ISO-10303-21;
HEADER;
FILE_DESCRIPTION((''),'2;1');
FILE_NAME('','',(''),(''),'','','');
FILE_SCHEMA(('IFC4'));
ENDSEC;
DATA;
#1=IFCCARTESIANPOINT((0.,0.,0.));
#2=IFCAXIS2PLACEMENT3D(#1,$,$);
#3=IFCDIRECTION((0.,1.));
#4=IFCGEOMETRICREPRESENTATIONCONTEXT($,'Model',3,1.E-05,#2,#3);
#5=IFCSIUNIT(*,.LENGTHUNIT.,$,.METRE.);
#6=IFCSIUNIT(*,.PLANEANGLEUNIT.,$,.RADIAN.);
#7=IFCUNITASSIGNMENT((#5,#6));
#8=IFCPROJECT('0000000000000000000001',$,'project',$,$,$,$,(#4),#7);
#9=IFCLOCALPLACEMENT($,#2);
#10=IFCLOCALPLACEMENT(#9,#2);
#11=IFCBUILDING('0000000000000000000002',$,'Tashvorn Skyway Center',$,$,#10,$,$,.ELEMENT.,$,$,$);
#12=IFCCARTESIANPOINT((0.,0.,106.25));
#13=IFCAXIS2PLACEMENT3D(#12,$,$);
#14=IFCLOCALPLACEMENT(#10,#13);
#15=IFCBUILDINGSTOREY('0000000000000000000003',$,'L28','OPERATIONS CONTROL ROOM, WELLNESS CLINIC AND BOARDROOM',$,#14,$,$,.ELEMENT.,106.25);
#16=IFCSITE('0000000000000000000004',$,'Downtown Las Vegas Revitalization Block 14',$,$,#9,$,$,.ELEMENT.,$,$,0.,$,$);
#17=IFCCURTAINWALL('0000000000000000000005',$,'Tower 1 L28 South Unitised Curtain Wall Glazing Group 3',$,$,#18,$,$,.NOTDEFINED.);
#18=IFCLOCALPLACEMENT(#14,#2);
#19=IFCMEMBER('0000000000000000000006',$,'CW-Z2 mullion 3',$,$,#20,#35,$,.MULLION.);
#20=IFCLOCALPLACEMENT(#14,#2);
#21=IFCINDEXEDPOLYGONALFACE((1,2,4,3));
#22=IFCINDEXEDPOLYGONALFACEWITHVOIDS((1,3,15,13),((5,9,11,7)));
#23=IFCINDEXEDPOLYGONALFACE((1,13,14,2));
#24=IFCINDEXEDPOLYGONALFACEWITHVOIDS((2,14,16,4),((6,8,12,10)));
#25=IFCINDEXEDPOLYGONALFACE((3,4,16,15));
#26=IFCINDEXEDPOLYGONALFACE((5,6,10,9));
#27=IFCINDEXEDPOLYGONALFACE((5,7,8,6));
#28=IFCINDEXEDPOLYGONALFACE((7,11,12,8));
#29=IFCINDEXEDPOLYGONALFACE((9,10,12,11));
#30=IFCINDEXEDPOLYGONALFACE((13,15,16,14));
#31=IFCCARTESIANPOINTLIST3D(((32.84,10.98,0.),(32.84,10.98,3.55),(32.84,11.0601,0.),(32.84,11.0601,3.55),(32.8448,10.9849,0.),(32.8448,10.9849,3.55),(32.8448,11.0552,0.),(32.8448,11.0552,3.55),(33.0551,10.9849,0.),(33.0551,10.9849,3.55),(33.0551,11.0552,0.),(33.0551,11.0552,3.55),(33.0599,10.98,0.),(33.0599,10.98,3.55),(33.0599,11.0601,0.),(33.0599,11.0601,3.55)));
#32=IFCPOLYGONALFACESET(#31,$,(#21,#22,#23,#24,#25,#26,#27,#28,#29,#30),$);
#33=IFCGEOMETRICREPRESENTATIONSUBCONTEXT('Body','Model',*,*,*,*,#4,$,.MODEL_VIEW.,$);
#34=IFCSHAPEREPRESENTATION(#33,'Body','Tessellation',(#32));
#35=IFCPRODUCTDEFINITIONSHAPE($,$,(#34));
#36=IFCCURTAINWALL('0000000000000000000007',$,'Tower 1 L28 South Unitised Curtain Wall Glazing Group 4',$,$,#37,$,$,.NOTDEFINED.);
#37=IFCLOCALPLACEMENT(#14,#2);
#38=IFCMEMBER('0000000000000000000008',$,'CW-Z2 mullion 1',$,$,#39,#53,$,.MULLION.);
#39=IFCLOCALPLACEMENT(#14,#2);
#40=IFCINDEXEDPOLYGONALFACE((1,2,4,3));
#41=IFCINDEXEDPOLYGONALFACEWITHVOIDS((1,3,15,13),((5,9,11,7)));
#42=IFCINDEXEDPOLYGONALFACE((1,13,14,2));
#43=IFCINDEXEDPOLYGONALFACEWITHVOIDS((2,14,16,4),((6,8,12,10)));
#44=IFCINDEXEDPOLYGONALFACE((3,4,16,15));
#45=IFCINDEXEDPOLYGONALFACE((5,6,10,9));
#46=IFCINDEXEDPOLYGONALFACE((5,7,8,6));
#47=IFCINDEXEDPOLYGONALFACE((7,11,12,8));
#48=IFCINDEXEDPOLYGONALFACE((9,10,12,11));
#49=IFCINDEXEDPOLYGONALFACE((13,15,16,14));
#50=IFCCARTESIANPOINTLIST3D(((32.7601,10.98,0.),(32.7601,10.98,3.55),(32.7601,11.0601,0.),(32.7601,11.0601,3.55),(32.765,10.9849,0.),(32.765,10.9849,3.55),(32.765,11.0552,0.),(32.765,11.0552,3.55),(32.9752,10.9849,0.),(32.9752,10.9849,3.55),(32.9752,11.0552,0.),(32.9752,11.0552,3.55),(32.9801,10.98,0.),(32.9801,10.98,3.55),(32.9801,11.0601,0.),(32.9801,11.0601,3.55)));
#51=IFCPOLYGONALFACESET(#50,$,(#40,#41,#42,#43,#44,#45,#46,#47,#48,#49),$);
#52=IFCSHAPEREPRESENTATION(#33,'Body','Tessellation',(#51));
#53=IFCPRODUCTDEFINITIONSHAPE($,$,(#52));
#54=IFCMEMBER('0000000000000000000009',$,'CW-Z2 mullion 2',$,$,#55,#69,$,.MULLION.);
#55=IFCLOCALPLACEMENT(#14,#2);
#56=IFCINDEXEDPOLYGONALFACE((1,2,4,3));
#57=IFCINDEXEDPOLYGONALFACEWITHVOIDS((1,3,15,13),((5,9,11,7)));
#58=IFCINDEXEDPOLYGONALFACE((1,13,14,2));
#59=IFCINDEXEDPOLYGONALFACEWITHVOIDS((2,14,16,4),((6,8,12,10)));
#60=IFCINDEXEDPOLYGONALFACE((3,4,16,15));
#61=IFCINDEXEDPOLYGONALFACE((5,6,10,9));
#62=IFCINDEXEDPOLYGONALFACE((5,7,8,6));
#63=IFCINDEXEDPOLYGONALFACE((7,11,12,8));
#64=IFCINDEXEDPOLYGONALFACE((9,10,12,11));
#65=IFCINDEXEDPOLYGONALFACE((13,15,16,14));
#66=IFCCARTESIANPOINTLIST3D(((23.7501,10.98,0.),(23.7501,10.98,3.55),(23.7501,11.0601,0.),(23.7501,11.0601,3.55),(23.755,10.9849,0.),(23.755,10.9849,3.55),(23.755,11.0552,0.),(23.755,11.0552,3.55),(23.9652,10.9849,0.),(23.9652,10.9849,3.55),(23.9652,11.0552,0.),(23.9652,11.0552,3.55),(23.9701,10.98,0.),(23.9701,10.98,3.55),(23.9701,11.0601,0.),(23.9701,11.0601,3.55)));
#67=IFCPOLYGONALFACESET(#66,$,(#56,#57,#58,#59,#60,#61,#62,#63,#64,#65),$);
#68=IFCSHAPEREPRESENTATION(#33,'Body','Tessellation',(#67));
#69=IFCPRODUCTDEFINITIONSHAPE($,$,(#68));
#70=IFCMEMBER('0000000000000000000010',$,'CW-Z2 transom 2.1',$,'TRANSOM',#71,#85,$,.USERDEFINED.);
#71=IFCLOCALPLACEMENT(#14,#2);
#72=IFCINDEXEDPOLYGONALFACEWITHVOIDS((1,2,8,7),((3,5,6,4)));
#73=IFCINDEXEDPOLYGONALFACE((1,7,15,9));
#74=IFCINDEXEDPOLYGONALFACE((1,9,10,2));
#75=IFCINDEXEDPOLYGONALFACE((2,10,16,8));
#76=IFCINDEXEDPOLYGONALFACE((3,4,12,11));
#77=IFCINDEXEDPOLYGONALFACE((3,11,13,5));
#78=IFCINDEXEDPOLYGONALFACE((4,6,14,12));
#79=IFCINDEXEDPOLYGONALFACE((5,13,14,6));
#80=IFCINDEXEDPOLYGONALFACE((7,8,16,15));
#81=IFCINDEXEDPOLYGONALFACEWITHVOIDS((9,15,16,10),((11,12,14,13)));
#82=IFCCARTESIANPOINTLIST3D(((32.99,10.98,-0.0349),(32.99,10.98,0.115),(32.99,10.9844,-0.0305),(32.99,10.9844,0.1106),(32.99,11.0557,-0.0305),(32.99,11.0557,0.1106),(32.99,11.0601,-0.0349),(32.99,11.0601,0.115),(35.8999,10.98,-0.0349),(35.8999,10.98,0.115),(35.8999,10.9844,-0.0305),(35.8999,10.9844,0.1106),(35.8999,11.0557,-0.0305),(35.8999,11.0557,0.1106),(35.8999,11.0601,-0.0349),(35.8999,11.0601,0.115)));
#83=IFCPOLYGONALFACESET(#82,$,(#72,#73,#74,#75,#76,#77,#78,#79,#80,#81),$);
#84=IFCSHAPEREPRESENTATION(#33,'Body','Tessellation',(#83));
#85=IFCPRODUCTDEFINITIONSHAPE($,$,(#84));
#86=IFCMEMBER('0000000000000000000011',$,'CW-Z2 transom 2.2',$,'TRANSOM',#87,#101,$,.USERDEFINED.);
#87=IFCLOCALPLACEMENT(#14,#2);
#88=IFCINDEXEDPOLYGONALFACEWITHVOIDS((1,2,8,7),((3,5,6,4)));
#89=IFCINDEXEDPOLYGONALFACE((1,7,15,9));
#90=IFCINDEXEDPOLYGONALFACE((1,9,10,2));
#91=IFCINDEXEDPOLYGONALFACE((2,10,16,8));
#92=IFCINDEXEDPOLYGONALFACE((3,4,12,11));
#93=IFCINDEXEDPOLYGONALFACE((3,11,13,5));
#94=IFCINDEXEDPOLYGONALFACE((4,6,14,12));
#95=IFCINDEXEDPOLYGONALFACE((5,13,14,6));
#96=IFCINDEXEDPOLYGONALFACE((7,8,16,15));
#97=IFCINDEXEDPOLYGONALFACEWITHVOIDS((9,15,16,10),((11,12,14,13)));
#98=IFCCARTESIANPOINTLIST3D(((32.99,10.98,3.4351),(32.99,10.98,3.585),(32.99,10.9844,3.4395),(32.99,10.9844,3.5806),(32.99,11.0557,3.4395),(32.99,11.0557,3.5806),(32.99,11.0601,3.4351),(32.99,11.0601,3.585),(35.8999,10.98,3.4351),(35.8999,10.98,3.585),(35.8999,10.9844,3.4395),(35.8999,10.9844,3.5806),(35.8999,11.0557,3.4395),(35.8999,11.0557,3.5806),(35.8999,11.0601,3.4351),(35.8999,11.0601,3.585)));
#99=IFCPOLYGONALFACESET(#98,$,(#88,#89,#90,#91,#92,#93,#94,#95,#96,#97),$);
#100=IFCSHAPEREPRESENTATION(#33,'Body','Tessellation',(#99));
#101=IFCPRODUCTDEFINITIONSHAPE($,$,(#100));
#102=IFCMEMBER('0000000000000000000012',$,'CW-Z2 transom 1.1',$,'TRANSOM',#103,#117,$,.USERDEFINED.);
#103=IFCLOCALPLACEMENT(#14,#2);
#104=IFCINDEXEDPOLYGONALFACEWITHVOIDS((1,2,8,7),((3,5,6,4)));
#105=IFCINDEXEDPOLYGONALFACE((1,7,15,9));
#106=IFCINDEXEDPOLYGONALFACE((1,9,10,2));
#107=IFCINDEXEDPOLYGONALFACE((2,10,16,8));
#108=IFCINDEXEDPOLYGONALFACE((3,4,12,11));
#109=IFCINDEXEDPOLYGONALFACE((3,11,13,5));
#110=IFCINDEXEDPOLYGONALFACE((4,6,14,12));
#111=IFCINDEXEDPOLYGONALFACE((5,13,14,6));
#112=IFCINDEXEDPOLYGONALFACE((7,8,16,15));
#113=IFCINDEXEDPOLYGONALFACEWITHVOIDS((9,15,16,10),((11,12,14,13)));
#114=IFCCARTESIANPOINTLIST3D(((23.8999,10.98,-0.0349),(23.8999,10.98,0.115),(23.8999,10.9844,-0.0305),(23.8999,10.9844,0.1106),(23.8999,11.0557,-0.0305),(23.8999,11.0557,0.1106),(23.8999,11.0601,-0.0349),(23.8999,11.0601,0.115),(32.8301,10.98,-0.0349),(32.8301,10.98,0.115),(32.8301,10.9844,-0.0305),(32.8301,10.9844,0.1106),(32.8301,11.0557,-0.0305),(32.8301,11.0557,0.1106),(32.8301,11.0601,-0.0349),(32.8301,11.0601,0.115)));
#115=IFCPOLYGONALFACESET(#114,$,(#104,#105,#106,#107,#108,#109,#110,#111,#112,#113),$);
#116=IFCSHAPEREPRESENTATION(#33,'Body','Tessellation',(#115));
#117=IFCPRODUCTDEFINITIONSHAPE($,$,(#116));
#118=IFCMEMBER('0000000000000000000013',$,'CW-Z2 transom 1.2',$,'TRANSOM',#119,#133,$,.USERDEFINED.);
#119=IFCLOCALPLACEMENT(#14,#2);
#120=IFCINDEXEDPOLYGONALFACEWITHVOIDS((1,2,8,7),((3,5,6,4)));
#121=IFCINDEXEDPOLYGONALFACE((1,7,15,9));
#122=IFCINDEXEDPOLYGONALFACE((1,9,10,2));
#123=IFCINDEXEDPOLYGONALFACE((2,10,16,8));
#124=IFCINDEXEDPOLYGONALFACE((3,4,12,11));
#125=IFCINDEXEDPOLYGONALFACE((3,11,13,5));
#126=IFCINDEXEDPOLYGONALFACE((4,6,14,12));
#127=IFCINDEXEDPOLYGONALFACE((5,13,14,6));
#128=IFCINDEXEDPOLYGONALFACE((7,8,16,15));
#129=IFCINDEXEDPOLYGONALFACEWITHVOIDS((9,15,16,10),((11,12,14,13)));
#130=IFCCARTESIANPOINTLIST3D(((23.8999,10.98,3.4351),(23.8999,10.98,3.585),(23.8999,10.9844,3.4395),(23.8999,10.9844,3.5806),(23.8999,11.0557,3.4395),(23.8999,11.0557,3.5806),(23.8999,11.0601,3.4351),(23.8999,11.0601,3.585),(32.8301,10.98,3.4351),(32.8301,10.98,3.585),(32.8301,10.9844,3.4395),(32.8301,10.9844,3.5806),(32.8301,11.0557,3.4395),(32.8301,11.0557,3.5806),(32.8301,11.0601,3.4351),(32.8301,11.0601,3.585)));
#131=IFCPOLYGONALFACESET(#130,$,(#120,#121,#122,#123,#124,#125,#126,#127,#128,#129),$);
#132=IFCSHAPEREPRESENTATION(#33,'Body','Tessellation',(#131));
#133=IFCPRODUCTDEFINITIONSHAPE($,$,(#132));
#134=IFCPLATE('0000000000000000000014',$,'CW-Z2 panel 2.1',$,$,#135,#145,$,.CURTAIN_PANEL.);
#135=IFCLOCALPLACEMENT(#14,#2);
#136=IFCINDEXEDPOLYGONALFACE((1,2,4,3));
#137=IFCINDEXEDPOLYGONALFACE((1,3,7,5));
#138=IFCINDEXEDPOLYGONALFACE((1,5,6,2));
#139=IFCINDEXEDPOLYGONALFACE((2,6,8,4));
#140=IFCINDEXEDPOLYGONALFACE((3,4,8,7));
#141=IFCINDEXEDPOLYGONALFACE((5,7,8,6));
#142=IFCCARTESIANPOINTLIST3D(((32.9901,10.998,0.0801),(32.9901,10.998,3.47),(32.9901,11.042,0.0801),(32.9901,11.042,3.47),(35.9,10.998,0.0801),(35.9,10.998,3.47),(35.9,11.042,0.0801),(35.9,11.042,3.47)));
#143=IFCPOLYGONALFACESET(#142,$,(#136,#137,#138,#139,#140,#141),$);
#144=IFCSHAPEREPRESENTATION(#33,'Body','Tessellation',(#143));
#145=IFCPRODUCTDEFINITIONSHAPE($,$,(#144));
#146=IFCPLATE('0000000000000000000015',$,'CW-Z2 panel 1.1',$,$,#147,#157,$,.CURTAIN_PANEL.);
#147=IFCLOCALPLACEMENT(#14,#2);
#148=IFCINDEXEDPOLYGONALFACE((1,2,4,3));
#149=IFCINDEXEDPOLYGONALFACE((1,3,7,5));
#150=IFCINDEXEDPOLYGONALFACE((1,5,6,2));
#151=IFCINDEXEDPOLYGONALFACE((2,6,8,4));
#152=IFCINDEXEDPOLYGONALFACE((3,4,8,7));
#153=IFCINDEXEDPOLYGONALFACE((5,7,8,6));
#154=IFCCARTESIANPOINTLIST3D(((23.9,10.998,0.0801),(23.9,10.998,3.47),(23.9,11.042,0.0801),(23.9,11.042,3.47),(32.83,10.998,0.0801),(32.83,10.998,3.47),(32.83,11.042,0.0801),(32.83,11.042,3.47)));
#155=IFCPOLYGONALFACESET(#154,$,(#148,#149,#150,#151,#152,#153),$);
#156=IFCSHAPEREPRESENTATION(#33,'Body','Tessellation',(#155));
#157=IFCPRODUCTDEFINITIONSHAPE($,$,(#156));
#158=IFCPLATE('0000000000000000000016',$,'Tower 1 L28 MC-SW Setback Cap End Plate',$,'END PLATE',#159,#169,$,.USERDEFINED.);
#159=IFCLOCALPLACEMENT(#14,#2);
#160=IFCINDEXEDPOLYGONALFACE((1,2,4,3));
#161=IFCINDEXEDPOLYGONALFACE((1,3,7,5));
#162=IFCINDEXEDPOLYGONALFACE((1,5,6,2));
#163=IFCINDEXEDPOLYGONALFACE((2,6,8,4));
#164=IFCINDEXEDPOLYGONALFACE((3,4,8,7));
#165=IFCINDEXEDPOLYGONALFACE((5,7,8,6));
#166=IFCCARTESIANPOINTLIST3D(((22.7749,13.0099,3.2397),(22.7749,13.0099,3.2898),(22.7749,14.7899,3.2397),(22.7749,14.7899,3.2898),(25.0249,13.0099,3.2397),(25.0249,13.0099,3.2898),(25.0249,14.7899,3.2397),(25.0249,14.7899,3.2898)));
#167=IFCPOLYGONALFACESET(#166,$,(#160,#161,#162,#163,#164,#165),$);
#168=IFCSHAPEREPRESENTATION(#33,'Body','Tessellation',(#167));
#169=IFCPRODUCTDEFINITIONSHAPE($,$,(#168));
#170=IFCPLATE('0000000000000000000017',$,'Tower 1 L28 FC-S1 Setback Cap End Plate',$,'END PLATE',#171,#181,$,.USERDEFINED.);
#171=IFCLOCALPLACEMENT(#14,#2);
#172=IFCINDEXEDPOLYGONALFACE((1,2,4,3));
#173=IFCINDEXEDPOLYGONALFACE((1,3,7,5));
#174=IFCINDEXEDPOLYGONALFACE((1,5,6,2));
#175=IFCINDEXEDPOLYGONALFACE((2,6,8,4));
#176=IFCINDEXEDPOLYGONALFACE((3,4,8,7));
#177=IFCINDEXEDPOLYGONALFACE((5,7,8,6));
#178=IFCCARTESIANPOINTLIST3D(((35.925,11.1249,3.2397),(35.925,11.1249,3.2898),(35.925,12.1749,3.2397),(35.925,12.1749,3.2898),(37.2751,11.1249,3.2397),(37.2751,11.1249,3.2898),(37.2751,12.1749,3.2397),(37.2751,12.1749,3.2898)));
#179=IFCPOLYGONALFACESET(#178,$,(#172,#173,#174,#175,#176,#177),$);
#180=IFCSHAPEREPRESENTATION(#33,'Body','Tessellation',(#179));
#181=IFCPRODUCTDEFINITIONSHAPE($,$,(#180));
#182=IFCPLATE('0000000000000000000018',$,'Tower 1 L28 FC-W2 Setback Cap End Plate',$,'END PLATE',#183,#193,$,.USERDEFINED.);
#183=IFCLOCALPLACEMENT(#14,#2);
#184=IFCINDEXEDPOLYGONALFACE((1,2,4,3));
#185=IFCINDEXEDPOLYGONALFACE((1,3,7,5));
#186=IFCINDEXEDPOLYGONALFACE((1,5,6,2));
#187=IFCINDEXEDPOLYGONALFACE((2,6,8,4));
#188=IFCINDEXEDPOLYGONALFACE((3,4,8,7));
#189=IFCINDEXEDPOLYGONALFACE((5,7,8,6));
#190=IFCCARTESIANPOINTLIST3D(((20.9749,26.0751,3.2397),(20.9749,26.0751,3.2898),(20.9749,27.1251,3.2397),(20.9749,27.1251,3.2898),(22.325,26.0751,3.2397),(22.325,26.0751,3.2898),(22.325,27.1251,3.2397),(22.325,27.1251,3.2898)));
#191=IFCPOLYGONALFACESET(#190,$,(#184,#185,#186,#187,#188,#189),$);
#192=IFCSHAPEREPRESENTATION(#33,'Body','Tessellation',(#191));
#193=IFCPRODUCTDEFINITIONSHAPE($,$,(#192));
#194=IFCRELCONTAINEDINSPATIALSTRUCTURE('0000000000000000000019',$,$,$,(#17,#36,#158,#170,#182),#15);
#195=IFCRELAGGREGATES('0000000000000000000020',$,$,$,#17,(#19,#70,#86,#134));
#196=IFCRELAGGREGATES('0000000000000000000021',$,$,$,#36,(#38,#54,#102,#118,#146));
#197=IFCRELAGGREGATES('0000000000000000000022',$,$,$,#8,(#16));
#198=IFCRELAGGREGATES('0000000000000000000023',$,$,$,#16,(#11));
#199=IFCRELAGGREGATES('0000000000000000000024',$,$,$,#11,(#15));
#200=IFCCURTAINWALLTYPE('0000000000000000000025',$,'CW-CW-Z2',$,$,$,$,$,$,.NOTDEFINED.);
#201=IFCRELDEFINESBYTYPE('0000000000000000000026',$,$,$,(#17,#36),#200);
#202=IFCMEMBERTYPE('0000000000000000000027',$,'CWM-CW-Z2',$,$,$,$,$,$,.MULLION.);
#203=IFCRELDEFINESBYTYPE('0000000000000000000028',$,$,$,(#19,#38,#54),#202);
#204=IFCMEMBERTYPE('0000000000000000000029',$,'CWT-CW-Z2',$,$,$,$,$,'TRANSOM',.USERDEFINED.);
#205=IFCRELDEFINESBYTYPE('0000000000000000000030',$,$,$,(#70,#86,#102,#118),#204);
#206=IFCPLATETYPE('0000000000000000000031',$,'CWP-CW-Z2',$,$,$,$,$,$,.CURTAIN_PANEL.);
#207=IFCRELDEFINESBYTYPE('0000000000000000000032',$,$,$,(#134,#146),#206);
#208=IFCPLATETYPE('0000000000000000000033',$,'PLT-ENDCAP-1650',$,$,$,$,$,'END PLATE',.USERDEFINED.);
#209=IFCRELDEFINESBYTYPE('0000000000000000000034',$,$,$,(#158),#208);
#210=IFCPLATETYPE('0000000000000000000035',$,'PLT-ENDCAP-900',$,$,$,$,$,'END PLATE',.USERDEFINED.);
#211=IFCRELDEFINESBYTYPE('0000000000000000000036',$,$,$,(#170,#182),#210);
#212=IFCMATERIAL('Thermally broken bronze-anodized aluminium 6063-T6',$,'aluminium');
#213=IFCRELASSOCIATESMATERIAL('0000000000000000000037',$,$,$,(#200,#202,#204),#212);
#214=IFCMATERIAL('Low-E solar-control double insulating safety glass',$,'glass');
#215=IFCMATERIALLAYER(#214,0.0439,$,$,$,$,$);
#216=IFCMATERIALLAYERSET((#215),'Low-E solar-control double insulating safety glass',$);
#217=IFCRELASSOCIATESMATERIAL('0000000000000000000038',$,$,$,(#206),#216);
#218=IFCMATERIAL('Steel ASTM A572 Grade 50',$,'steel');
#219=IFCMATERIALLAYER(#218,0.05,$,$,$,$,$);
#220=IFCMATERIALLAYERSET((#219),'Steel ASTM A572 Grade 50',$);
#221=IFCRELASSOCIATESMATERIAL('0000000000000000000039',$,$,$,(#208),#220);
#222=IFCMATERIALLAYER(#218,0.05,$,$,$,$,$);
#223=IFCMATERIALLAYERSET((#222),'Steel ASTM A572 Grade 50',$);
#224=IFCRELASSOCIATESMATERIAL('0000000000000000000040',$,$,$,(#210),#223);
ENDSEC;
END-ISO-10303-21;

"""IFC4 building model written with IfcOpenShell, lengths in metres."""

from ifc_helpers import new_model, si_unit, direction, frame, origin, origin_2d, place, context, subcontext, project, spatial, rectangle, hollow_rectangle, extrude, material, layer, layer_set, material_profile, profile_set, type_object, element, aggregate, save


model = new_model("IFC4")

# Units and contexts
model_context = context("Model", 3, precision=1e-05, world=origin(), true_north=direction((0.0, 1.0)))
body_context = subcontext(model_context, "Body", "Model", "MODEL_VIEW")
ifc_project = project(units=[si_unit("LENGTHUNIT", "METRE"), si_unit("PLANEANGLEUNIT", "RADIAN")], contexts=[model_context])

# Site, building, storey
site_placement = place(None, origin())
site = spatial("IfcSite", under=ifc_project, at=site_placement, Name="Downtown Las Vegas Revitalization Block 14", CompositionType="ELEMENT", RefElevation=0.0)
building_placement = place(site_placement, origin())
building = spatial("IfcBuilding", under=site, at=building_placement, Name="Tashvorn Skyway Center", CompositionType="ELEMENT")
storey_placement = place(building_placement, frame((0.0, 0.0, 106.25)))
storey = spatial("IfcBuildingStorey", under=building, at=storey_placement, Name="L28", Description="OPERATIONS CONTROL ROOM, WELLNESS CLINIC AND BOARDROOM", CompositionType="ELEMENT", Elevation=106.25)

# Shared definitions
ifc_material_1 = material(Name="Steel ASTM A572 Grade 50", Category="steel")

# Curtain walls, members
ifc_material_2 = material(Name="Thermally broken bronze-anodized aluminium 6063-T6", Category="aluminium")
curtain_wall_type = type_object("IfcCurtainWallType", Name="CW-CW-Z2", PredefinedType="NOTDEFINED", material=ifc_material_2)
curtain_wall_1_placement = place(storey_placement, origin())
curtain_wall_1 = element("IfcCurtainWall", 1, at=curtain_wall_1_placement, inside=storey, type_object=curtain_wall_type, Name="Tower 1 L28 South Unitised Curtain Wall Glazing Group 3", PredefinedType="NOTDEFINED")
ifc_material_profile_1 = material_profile(ifc_material_2, hollow_rectangle(XDim=0.0801, YDim=0.22, WallThickness=0.0049, at=origin_2d()), Name="ALU-MULL-80x220")
ifc_profile_set_1 = profile_set([ifc_material_profile_1], Name="Thermally broken bronze-anodized aluminium 6063-T6")
member_type_1 = type_object("IfcMemberType", Name="CWM-CW-Z2", PredefinedType="MULLION", material=ifc_profile_set_1)
member_1_placement = place(storey_placement, frame((32.95, 11.02, 0.0), z_axis=(0.0, 0.0, 1.0), x_axis=(0.0, -1.0, 0.0)))
member_1 = element("IfcMember", 2, at=member_1_placement, type_object=member_type_1, Name="CW-Z2 mullion 3", PredefinedType="MULLION", context=body_context, shape_type="SweptSolid", body=[
    extrude(hollow_rectangle(XDim=0.0801, YDim=0.22, WallThickness=0.0049, at=origin_2d()), origin(), (0.0, 0.0, 1.0), 3.55),
])
curtain_wall_2_placement = place(storey_placement, origin())
curtain_wall_2 = element("IfcCurtainWall", 3, at=curtain_wall_2_placement, inside=storey, type_object=curtain_wall_type, Name="Tower 1 L28 South Unitised Curtain Wall Glazing Group 4", PredefinedType="NOTDEFINED")
member_2_placement = place(storey_placement, frame((32.8701, 11.02, 0.0), z_axis=(0.0, 0.0, 1.0), x_axis=(0.0, -1.0, 0.0)))
member_2 = element("IfcMember", 4, at=member_2_placement, type_object=member_type_1, Name="CW-Z2 mullion 1", PredefinedType="MULLION", context=body_context, shape_type="SweptSolid", body=[
    extrude(hollow_rectangle(XDim=0.0801, YDim=0.22, WallThickness=0.0049, at=origin_2d()), origin(), (0.0, 0.0, 1.0), 3.55),
])
member_3_placement = place(storey_placement, frame((23.8601, 11.02, 0.0), z_axis=(0.0, 0.0, 1.0), x_axis=(0.0, -1.0, 0.0)))
member_3 = element("IfcMember", 5, at=member_3_placement, type_object=member_type_1, Name="CW-Z2 mullion 2", PredefinedType="MULLION", context=body_context, shape_type="SweptSolid", body=[
    extrude(hollow_rectangle(XDim=0.0801, YDim=0.22, WallThickness=0.0049, at=origin_2d()), origin(), (0.0, 0.0, 1.0), 3.55),
])

# Members
ifc_material_profile_2 = material_profile(ifc_material_2, hollow_rectangle(XDim=0.0801, YDim=0.1499, WallThickness=0.0044, at=origin_2d()), Name="ALU-TRAN-80x150")
ifc_profile_set_2 = profile_set([ifc_material_profile_2], Name="Thermally broken bronze-anodized aluminium 6063-T6")
member_type_2 = type_object("IfcMemberType", Name="CWT-CW-Z2", ElementType="TRANSOM", PredefinedType="USERDEFINED", material=ifc_profile_set_2)
member_4_placement = place(storey_placement, frame((35.8999, 11.02, 0.04), z_axis=(-1.0, 0.0, 0.0), x_axis=(0.0, -1.0, 0.0)))
member_4 = element("IfcMember", 6, at=member_4_placement, type_object=member_type_2, Name="CW-Z2 transom 2.1", ObjectType="TRANSOM", PredefinedType="USERDEFINED", context=body_context, shape_type="SweptSolid", body=[
    extrude(hollow_rectangle(XDim=0.0801, YDim=0.1499, WallThickness=0.0044, at=origin_2d()), origin(), (0.0, 0.0, 1.0), 2.9099),
])
member_5_placement = place(storey_placement, frame((35.8999, 11.02, 3.51), z_axis=(-1.0, 0.0, 0.0), x_axis=(0.0, -1.0, 0.0)))
member_5 = element("IfcMember", 7, at=member_5_placement, type_object=member_type_2, Name="CW-Z2 transom 2.2", ObjectType="TRANSOM", PredefinedType="USERDEFINED", context=body_context, shape_type="SweptSolid", body=[
    extrude(hollow_rectangle(XDim=0.0801, YDim=0.1499, WallThickness=0.0044, at=origin_2d()), origin(), (0.0, 0.0, 1.0), 2.9099),
])
member_6_placement = place(storey_placement, frame((32.8301, 11.02, 0.04), z_axis=(-1.0, 0.0, 0.0), x_axis=(0.0, -1.0, 0.0)))
member_6 = element("IfcMember", 8, at=member_6_placement, type_object=member_type_2, Name="CW-Z2 transom 1.1", ObjectType="TRANSOM", PredefinedType="USERDEFINED", context=body_context, shape_type="SweptSolid", body=[
    extrude(hollow_rectangle(XDim=0.0801, YDim=0.1499, WallThickness=0.0044, at=origin_2d()), origin(), (0.0, 0.0, 1.0), 8.9302),
])
member_7_placement = place(storey_placement, frame((32.8301, 11.02, 3.51), z_axis=(-1.0, 0.0, 0.0), x_axis=(0.0, -1.0, 0.0)))
member_7 = element("IfcMember", 9, at=member_7_placement, type_object=member_type_2, Name="CW-Z2 transom 1.2", ObjectType="TRANSOM", PredefinedType="USERDEFINED", context=body_context, shape_type="SweptSolid", body=[
    extrude(hollow_rectangle(XDim=0.0801, YDim=0.1499, WallThickness=0.0044, at=origin_2d()), origin(), (0.0, 0.0, 1.0), 8.9302),
])

# Plates
ifc_material_3 = material(Name="Low-E solar-control double insulating safety glass", Category="glass")
ifc_layer_1 = layer(ifc_material_3, 0.0439)
ifc_layer_set_1 = layer_set([ifc_layer_1], Name="Low-E solar-control double insulating safety glass")
plate_type_1 = type_object("IfcPlateType", Name="CWP-CW-Z2", PredefinedType="CURTAIN_PANEL", material=ifc_layer_set_1)
plate_1_placement = place(storey_placement, frame((34.4451, 11.02, 0.0801), z_axis=(0.0, 0.0, 1.0), x_axis=(-1.0, 0.0, 0.0)))
plate_1 = element("IfcPlate", 10, at=plate_1_placement, type_object=plate_type_1, Name="CW-Z2 panel 2.1", PredefinedType="CURTAIN_PANEL", context=body_context, shape_type="SweptSolid", body=[
    extrude(rectangle(XDim=2.9099, YDim=0.0439, at=origin_2d()), origin(), (0.0, 0.0, 1.0), 3.3899),
])
aggregate(curtain_wall_1, [member_1, member_4, member_5, plate_1])
plate_2_placement = place(storey_placement, frame((28.365, 11.02, 0.0801), z_axis=(0.0, 0.0, 1.0), x_axis=(-1.0, 0.0, 0.0)))
plate_2 = element("IfcPlate", 11, at=plate_2_placement, type_object=plate_type_1, Name="CW-Z2 panel 1.1", PredefinedType="CURTAIN_PANEL", context=body_context, shape_type="SweptSolid", body=[
    extrude(rectangle(XDim=8.9299, YDim=0.0439, at=origin_2d()), origin(), (0.0, 0.0, 1.0), 3.3899),
])
aggregate(curtain_wall_2, [member_2, member_3, member_6, member_7, plate_2])

# Plates
ifc_layer_2 = layer(ifc_material_1, 0.05)
ifc_layer_set_2 = layer_set([ifc_layer_2], Name="Steel ASTM A572 Grade 50")
plate_type_2 = type_object("IfcPlateType", Name="PLT-ENDCAP-1650", ElementType="END PLATE", PredefinedType="USERDEFINED", material=ifc_layer_set_2)
plate_3_placement = place(storey_placement, frame((23.8999, 13.8999, 3.2397), z_axis=(0.0, 0.0, 1.0), x_axis=(1.0, 0.0, 0.0)))
element("IfcPlate", 12, at=plate_3_placement, inside=storey, type_object=plate_type_2, Name="Tower 1 L28 MC-SW Setback Cap End Plate", ObjectType="END PLATE", PredefinedType="USERDEFINED", context=body_context, shape_type="SweptSolid", body=[
    extrude(rectangle(XDim=2.25, YDim=1.78, at=origin_2d()), origin(), (0.0, 0.0, 1.0), 0.05),
])
ifc_layer_3 = layer(ifc_material_1, 0.05)
ifc_layer_set_3 = layer_set([ifc_layer_3], Name="Steel ASTM A572 Grade 50")
plate_type_3 = type_object("IfcPlateType", Name="PLT-ENDCAP-900", ElementType="END PLATE", PredefinedType="USERDEFINED", material=ifc_layer_set_3)
for number, where, z_axis, x_axis, name in (
    (13, (36.6001, 11.6499, 3.2397), (0.0, 0.0, 1.0), (1.0, 0.0, 0.0), "Tower 1 L28 FC-S1 Setback Cap End Plate"),
    (14, (21.6499, 26.6001, 3.2397), (0.0, 0.0, 1.0), (1.0, 0.0, 0.0), "Tower 1 L28 FC-W2 Setback Cap End Plate"),
):
    element("IfcPlate", number, at=place(storey_placement, frame(where, z_axis=z_axis, x_axis=x_axis)), inside=storey, type_object=plate_type_3, Name=name, ObjectType="END PLATE", PredefinedType="USERDEFINED", context=body_context, shape_type="SweptSolid", body=[
        extrude(rectangle(XDim=1.3501, YDim=1.05, at=origin_2d()), origin(), (0.0, 0.0, 1.0), 0.05),
    ])

save(model, "model.ifc")
